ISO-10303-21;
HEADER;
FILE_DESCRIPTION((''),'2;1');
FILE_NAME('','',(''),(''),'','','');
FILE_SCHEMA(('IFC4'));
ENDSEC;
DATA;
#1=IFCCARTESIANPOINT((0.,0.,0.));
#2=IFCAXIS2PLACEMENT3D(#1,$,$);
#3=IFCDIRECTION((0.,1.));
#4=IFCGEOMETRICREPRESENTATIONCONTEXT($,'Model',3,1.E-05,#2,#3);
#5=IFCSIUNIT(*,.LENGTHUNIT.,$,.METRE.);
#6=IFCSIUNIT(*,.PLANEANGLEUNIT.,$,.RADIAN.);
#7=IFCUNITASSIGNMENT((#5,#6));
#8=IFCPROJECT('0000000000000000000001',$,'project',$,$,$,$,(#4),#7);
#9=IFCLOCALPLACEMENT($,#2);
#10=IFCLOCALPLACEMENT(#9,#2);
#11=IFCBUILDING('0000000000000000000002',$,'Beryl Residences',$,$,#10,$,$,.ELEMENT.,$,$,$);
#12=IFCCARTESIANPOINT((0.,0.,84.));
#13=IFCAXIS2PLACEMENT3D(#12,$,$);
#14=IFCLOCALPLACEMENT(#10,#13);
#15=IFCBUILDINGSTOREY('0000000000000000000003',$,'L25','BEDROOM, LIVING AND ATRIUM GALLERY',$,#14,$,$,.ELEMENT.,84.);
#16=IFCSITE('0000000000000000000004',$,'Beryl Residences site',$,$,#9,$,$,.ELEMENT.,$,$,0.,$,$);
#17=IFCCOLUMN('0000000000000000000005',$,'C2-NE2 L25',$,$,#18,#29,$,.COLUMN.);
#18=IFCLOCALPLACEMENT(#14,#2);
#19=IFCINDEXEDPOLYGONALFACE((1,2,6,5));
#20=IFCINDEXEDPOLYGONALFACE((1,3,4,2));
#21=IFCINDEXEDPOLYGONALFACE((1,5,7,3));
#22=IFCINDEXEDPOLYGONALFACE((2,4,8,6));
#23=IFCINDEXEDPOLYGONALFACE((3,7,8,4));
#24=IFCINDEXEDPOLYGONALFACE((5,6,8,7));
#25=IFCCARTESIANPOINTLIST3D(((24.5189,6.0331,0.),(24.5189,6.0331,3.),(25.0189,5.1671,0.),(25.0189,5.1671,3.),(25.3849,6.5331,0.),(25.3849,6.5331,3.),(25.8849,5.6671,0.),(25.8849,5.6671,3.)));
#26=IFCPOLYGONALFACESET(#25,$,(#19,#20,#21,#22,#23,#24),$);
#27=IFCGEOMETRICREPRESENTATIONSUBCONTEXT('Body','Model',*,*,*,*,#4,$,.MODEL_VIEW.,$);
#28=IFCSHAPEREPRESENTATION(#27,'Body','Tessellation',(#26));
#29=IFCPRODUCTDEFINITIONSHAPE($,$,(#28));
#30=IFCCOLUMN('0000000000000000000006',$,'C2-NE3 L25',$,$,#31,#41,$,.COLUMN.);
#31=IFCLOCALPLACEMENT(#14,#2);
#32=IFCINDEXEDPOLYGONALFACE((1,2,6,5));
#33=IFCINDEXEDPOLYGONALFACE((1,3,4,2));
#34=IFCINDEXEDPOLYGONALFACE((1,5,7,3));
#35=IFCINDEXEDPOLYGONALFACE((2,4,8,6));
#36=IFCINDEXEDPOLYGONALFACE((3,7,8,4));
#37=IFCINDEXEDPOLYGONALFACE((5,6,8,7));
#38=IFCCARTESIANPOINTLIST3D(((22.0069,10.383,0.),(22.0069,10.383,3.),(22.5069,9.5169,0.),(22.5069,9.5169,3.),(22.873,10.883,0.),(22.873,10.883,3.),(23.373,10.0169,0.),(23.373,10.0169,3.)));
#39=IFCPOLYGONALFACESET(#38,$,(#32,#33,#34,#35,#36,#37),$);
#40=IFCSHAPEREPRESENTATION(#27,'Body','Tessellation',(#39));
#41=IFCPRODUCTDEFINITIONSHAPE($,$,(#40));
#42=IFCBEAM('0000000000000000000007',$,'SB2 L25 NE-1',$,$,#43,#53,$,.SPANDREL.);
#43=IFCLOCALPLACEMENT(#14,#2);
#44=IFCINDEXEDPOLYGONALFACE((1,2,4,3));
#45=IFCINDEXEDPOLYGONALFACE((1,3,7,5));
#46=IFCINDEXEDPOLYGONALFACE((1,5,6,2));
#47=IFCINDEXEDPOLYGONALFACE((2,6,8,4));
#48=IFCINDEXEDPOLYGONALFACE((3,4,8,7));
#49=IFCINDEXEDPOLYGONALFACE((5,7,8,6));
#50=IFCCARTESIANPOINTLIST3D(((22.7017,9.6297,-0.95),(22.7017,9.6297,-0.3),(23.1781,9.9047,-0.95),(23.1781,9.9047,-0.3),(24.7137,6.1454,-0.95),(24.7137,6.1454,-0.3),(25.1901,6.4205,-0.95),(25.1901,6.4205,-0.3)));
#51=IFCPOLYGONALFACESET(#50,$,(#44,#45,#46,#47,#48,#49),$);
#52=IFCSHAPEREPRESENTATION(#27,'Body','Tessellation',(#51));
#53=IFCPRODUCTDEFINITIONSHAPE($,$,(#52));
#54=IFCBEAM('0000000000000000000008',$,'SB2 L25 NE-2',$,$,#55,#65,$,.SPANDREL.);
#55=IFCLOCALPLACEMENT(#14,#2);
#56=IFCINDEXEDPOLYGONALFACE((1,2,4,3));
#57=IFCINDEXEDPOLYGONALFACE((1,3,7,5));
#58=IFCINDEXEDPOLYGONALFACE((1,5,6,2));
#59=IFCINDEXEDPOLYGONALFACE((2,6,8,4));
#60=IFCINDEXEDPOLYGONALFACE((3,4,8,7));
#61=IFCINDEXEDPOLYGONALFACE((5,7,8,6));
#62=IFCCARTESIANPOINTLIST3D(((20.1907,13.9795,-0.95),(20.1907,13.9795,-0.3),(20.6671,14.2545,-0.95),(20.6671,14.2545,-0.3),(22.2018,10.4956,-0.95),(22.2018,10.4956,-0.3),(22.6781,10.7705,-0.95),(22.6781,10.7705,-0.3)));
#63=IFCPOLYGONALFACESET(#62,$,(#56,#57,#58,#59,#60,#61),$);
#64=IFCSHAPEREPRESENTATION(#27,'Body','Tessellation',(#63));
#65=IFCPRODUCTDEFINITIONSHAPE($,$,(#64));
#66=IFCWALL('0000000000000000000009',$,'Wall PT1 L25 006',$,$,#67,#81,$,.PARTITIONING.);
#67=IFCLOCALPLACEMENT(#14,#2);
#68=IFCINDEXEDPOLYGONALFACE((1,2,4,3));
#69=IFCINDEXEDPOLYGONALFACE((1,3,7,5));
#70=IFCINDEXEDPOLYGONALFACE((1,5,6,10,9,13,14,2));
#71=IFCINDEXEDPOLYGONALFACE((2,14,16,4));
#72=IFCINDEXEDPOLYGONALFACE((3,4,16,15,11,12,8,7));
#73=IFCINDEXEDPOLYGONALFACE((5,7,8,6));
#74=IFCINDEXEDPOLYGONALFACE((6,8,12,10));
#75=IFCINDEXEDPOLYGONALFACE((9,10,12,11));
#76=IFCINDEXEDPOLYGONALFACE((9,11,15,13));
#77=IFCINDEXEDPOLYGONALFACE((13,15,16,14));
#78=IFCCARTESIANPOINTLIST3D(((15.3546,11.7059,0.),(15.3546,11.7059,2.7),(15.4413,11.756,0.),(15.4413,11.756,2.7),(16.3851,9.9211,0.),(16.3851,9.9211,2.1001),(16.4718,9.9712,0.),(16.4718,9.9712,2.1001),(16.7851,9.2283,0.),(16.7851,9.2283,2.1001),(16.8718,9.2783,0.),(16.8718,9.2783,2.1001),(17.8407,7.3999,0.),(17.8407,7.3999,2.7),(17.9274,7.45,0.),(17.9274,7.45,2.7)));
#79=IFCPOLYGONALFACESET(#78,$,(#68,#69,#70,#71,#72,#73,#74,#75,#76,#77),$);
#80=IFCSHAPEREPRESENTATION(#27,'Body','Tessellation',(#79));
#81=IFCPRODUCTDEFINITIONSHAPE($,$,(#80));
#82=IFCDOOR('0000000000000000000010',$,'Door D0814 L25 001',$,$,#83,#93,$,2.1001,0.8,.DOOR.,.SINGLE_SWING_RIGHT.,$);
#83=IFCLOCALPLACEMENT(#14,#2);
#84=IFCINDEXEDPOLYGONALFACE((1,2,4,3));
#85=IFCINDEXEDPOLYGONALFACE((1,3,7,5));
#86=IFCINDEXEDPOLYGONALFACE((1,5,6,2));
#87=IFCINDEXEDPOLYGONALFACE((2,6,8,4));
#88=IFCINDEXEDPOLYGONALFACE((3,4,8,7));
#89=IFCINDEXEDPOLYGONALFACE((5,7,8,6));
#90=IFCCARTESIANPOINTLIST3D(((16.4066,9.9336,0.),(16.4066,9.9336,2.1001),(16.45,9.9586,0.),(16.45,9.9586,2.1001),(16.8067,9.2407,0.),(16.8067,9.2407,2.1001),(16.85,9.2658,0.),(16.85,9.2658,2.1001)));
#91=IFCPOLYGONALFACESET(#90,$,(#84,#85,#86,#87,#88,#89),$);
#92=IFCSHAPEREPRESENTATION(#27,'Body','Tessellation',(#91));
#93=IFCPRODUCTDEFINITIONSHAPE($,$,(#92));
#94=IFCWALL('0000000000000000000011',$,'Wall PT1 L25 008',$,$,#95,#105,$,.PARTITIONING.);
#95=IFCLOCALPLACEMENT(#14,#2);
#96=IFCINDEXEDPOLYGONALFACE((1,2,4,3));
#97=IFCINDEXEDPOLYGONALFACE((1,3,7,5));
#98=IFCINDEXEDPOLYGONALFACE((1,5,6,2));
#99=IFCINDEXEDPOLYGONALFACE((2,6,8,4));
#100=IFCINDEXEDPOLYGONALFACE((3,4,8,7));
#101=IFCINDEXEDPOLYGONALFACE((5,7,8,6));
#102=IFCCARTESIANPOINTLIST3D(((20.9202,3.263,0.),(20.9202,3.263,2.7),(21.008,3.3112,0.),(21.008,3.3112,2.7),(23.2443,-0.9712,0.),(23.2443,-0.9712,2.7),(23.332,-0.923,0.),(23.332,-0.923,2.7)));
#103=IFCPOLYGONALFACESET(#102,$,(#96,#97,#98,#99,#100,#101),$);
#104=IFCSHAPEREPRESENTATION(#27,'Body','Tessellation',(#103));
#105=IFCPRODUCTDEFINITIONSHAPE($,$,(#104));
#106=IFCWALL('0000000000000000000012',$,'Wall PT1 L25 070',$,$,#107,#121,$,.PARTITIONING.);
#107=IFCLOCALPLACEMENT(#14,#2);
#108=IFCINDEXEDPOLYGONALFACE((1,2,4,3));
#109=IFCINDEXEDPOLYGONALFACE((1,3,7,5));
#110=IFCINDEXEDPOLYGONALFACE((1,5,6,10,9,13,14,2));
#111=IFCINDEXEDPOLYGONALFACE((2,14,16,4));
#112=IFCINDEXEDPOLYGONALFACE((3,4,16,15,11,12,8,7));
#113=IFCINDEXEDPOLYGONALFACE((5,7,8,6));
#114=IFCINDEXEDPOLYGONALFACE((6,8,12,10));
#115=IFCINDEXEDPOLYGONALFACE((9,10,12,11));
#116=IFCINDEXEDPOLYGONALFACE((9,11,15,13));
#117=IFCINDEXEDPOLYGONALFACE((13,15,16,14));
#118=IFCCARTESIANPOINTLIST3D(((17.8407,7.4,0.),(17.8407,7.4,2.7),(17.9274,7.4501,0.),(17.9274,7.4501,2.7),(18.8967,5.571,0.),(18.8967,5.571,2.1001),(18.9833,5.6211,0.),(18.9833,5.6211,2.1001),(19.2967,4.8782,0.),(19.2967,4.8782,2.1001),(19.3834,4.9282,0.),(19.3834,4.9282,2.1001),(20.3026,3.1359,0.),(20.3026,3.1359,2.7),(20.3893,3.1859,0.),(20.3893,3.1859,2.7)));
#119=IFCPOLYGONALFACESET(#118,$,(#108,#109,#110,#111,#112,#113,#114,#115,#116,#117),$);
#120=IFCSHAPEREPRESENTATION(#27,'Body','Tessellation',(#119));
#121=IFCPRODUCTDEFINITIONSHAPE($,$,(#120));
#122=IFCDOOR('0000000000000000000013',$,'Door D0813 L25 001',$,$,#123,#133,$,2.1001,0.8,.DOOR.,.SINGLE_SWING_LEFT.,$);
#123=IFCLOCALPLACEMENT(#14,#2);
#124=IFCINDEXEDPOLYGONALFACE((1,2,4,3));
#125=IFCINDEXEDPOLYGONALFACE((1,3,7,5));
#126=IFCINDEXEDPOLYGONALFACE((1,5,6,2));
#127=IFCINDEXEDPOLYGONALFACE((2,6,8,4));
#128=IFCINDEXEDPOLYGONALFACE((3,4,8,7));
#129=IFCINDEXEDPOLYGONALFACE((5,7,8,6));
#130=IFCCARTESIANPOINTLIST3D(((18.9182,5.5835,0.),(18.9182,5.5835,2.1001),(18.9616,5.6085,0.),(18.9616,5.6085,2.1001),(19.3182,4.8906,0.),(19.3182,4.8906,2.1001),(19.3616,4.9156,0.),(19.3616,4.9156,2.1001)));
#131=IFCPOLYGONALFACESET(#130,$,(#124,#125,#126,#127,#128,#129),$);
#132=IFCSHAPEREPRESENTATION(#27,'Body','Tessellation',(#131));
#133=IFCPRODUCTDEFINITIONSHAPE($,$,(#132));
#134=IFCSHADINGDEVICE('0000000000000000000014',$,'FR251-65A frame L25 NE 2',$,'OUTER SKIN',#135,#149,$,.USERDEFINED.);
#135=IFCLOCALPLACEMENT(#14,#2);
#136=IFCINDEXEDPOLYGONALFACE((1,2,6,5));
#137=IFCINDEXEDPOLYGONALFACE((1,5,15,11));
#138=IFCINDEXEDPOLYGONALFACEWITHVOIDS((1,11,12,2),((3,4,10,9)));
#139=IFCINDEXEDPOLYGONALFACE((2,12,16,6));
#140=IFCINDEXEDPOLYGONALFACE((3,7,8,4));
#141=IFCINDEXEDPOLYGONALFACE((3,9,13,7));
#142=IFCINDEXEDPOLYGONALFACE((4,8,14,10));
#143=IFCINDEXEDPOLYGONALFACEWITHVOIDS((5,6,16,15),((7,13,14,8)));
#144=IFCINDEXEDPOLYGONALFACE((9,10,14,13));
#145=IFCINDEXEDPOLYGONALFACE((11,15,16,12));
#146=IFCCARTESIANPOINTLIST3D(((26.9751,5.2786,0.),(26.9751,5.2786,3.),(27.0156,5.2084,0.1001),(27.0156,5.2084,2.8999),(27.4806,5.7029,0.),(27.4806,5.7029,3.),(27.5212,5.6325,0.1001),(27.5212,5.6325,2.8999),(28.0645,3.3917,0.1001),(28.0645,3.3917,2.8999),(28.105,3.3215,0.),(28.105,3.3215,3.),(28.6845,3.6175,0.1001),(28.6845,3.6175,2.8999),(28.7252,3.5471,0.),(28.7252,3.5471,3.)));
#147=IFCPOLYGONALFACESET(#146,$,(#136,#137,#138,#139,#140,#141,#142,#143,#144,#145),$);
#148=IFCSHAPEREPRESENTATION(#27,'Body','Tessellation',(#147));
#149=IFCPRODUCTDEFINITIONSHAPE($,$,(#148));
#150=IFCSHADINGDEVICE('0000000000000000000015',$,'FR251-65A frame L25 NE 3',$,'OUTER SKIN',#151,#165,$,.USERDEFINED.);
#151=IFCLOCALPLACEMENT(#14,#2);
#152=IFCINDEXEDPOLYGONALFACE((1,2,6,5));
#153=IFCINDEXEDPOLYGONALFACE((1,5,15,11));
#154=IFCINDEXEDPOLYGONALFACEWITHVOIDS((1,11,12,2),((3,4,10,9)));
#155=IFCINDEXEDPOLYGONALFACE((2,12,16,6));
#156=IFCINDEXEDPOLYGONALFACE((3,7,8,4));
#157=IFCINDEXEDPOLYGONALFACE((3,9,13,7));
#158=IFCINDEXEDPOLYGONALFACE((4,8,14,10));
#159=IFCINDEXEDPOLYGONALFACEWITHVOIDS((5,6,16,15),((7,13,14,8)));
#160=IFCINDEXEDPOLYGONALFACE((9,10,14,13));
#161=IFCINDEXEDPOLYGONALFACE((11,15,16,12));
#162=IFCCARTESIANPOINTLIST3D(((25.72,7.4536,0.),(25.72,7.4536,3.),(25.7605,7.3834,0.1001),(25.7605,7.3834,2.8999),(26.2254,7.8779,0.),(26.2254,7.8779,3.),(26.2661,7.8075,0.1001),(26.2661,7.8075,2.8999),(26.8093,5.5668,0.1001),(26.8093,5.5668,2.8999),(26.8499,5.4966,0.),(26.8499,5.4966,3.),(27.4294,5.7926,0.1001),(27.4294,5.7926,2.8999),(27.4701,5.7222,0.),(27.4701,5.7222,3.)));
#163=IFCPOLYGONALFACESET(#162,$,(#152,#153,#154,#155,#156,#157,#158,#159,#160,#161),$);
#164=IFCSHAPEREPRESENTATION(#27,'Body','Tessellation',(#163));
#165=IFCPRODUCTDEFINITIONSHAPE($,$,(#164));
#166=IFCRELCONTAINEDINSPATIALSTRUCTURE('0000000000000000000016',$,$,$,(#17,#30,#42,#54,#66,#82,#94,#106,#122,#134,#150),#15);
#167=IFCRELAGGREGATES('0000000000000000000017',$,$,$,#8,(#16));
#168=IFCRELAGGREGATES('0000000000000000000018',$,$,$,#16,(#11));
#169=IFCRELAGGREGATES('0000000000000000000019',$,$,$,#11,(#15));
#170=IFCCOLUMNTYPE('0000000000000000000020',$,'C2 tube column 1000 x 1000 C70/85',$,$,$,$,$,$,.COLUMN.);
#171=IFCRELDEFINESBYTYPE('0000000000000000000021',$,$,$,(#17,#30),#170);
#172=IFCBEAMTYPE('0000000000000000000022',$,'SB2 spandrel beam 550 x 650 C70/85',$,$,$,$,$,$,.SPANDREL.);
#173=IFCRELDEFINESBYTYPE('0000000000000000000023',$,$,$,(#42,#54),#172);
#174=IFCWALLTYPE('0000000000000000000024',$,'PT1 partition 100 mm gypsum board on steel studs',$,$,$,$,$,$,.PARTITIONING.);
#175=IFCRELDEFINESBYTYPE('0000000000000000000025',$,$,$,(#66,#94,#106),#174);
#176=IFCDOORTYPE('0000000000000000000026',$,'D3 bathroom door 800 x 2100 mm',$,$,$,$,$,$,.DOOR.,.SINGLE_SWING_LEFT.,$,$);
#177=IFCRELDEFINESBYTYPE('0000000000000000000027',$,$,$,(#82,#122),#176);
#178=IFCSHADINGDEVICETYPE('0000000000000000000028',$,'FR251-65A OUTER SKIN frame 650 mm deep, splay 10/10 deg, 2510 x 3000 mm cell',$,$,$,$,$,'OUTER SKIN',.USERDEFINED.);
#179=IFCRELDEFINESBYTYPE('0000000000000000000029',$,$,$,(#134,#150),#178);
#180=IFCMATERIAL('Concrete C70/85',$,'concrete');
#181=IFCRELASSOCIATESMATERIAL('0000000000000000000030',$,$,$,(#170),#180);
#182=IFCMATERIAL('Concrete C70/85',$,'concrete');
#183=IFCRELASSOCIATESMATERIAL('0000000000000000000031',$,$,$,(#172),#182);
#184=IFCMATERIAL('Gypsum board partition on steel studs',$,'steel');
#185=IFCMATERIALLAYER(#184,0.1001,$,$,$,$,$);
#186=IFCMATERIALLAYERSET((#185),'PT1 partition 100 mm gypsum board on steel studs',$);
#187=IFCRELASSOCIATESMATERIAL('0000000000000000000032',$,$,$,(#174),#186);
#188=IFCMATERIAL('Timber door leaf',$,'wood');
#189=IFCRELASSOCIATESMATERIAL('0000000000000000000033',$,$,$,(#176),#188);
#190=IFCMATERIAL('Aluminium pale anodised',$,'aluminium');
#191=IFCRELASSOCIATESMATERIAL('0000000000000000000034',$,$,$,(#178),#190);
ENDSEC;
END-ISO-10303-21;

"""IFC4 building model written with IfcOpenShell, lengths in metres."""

from ifc_helpers import new_model, entity, si_unit, direction, frame, frame_2d, origin, origin_2d, place, context, subcontext, project, spatial, rectangle, extrude, source, transform, mapped, material, layer, layer_set, material_profile, profile_set, type_object, type_shapes, element, fill, save


model = new_model("IFC4")

# Units and contexts
model_context = context("Model", 3, precision=1e-05, world=origin(), true_north=direction((0.0, 1.0)))
body_context = subcontext(model_context, "Body", "Model", "MODEL_VIEW")
ifc_project = project(units=[si_unit("LENGTHUNIT", "METRE"), si_unit("PLANEANGLEUNIT", "RADIAN")], contexts=[model_context])

# Site, building, storey
site_placement = place(None, origin())
site = spatial("IfcSite", under=ifc_project, at=site_placement, Name="Beryl Residences site", CompositionType="ELEMENT", RefElevation=0.0)
building_placement = place(site_placement, origin())
building = spatial("IfcBuilding", under=site, at=building_placement, Name="Beryl Residences", CompositionType="ELEMENT")
storey_placement = place(building_placement, frame((0.0, 0.0, 84.0)))
storey = spatial("IfcBuildingStorey", under=building, at=storey_placement, Name="L25", Description="BEDROOM, LIVING AND ATRIUM GALLERY", CompositionType="ELEMENT", Elevation=84.0)

# Columns
ifc_material_1 = material(Name="Concrete C70/85", Category="concrete")
ifc_material_profile_1 = material_profile(ifc_material_1, rectangle(XDim=1.0, YDim=1.0, at=origin_2d()))
ifc_profile_set_1 = profile_set([ifc_material_profile_1], Name="Concrete C70/85")
column_type = type_object("IfcColumnType", Name="C2 tube column 1000 x 1000 C70/85", PredefinedType="COLUMN", material=ifc_profile_set_1)
for number, where, z_axis, x_axis, name in (
    (1, (25.2019, 5.8501, 0.0), (0.0, 0.0, 1.0), (-0.5, 0.866025, 0.0), "C2-NE2 L25"),
    (2, (22.6899, 10.2, 0.0), (0.0, 0.0, 1.0), (-0.5, 0.866025, 0.0), "C2-NE3 L25"),
):
    element("IfcColumn", number, at=place(storey_placement, frame(where, z_axis=z_axis, x_axis=x_axis)), inside=storey, type_object=column_type, Name=name, PredefinedType="COLUMN", context=body_context, shape_type="SweptSolid", body=[
        extrude(rectangle(XDim=1.0, YDim=1.0, at=origin_2d()), origin(), (0.0, 0.0, 1.0), 3.0),
    ])

# Beams
ifc_material_2 = material(Name="Concrete C70/85", Category="concrete")
ifc_material_profile_2 = material_profile(ifc_material_2, rectangle(XDim=0.55, YDim=0.6499, at=origin_2d()))
ifc_profile_set_2 = profile_set([ifc_material_profile_2], Name="Concrete C70/85")
beam_type = type_object("IfcBeamType", Name="SB2 spandrel beam 550 x 650 C70/85", PredefinedType="SPANDREL", material=ifc_profile_set_2)
beam_1_placement = place(storey_placement, frame((24.9519, 6.283, -0.625), z_axis=(-0.500074, 0.865982, 0.0), x_axis=(-0.865982, -0.500074, 0.0)))
element("IfcBeam", 3, at=beam_1_placement, inside=storey, type_object=beam_type, Name="SB2 L25 NE-1", PredefinedType="SPANDREL", context=body_context, shape_type="SweptSolid", body=[
    extrude(rectangle(XDim=0.55, YDim=0.6499, at=origin_2d()), origin(), (0.0, 0.0, 1.0), 4.0234),
])
beam_2_placement = place(storey_placement, frame((22.4399, 10.6331, -0.625), z_axis=(-0.499919, 0.866072, 0.0), x_axis=(-0.866072, -0.499919, 0.0)))
element("IfcBeam", 4, at=beam_2_placement, inside=storey, type_object=beam_type, Name="SB2 L25 NE-2", PredefinedType="SPANDREL", context=body_context, shape_type="SweptSolid", body=[
    extrude(rectangle(XDim=0.55, YDim=0.6499, at=origin_2d()), origin(), (0.0, 0.0, 1.0), 4.0227),
])

# Wall, opening, door
ifc_material_3 = material(Name="Gypsum board partition on steel studs", Category="steel")
ifc_layer = layer(ifc_material_3, 0.1001)
ifc_layer_set = layer_set([ifc_layer], Name="PT1 partition 100 mm gypsum board on steel studs")
wall_type = type_object("IfcWallType", Name="PT1 partition 100 mm gypsum board on steel studs", PredefinedType="PARTITIONING", material=ifc_layer_set)
wall_1_placement = place(storey_placement, frame((15.3979, 11.731, 0.0), z_axis=(0.0, 0.0, 1.0), x_axis=(0.50001, -0.86602, 0.0)))
wall_1 = element("IfcWall", 5, at=wall_1_placement, inside=storey, type_object=wall_type, Name="Wall PT1 L25 006", PredefinedType="PARTITIONING", context=body_context, shape_type="SweptSolid", body=[
    extrude(rectangle(XDim=4.9722, YDim=0.1001, at=frame_2d((2.4861, 0.0))), origin(), (0.0, 0.0, 1.0), 2.7),
])
opening_1_placement = place(wall_1_placement, frame((2.061, 0.0, 0.0)))
opening_1 = element("IfcOpeningElement", 6, at=opening_1_placement, cuts=wall_1, PredefinedType="OPENING", context=body_context, shape_type="SweptSolid", body=[
    extrude(rectangle(XDim=0.8, YDim=2.1001, at=frame_2d((0.3999, 1.05))), frame((0.0, 0.0601, 0.0), z_axis=(0.0, -1.0, 0.0), x_axis=(1.0, 0.0, 0.0)), (0.0, 0.0, 1.0), 0.1201),
])
ifc_material_4 = material(Name="Timber door leaf", Category="wood")
door_type = type_object("IfcDoorType", Name="D3 bathroom door 800 x 2100 mm", OperationType="SINGLE_SWING_LEFT", PredefinedType="DOOR", material=ifc_material_4)
door_1_placement = place(opening_1_placement, origin())
door_1 = element("IfcDoor", 7, at=door_1_placement, inside=storey, type_object=door_type, Name="Door D0814 L25 001", OperationType="SINGLE_SWING_RIGHT", OverallHeight=2.1001, OverallWidth=0.8, PredefinedType="DOOR", context=body_context, shape_type="SweptSolid", body=[
    extrude(rectangle(XDim=0.8, YDim=2.1001, at=frame_2d((0.3999, 1.05))), frame((0.0, 0.0249, 0.0), z_axis=(0.0, -1.0, 0.0), x_axis=(1.0, 0.0, 0.0)), (0.0, 0.0, 1.0), 0.05),
])
fill(opening_1, door_1)

# Wall
wall_2_placement = place(storey_placement, frame((20.9641, 3.2871, 0.0), z_axis=(0.0, 0.0, 1.0), x_axis=(0.481156, -0.876635, 0.0)))
element("IfcWall", 8, at=wall_2_placement, inside=storey, type_object=wall_type, Name="Wall PT1 L25 008", PredefinedType="PARTITIONING", context=body_context, shape_type="SweptSolid", body=[
    extrude(rectangle(XDim=4.8301, YDim=0.1001, at=frame_2d((2.415, 0.0))), origin(), (0.0, 0.0, 1.0), 2.7),
])

# Wall, opening, door
wall_3_placement = place(storey_placement, frame((17.884, 7.425, 0.0), z_axis=(0.0, 0.0, 1.0), x_axis=(0.5, -0.866025, 0.0)))
wall_3 = element("IfcWall", 9, at=wall_3_placement, inside=storey, type_object=wall_type, Name="Wall PT1 L25 070", PredefinedType="PARTITIONING", context=body_context, shape_type="SweptSolid", body=[
    extrude(rectangle(XDim=4.9238, YDim=0.1001, at=frame_2d((2.4619, 0.0))), origin(), (0.0, 0.0, 1.0), 2.7),
])
opening_2_placement = place(wall_3_placement, frame((2.1121, 0.0, 0.0)))
opening_2 = element("IfcOpeningElement", 10, at=opening_2_placement, cuts=wall_3, PredefinedType="OPENING", context=body_context, shape_type="SweptSolid", body=[
    extrude(rectangle(XDim=0.8, YDim=2.1001, at=frame_2d((0.3999, 1.05))), frame((0.0, 0.0601, 0.0), z_axis=(0.0, -1.0, 0.0), x_axis=(1.0, 0.0, 0.0)), (0.0, 0.0, 1.0), 0.1201),
])
door_2_placement = place(opening_2_placement, origin())
door_2 = element("IfcDoor", 11, at=door_2_placement, inside=storey, type_object=door_type, Name="Door D0813 L25 001", OperationType="SINGLE_SWING_LEFT", OverallHeight=2.1001, OverallWidth=0.8, PredefinedType="DOOR", context=body_context, shape_type="SweptSolid", body=[
    extrude(rectangle(XDim=0.8, YDim=2.1001, at=frame_2d((0.3999, 1.05))), frame((0.0, 0.0249, 0.0), z_axis=(0.0, -1.0, 0.0), x_axis=(1.0, 0.0, 0.0)), (0.0, 0.0, 1.0), 0.05),
])
fill(opening_2, door_2)

# Shading devices
ifc_material_5 = material(Name="Aluminium pale anodised", Category="aluminium")
shading_device_type = type_object("IfcShadingDeviceType", Name="FR251-65A OUTER SKIN frame 650 mm deep, splay 10/10 deg, 2510 x 3000 mm cell", ElementType="OUTER SKIN", PredefinedType="USERDEFINED", material=ifc_material_5)
cartesian_point_1 = entity("IfcCartesianPoint", [-1.1299, 0.0])
cartesian_point_2 = entity("IfcCartesianPoint", [-1.0488, 0.1001])
cartesian_point_3 = entity("IfcCartesianPoint", [-1.2446, 0.0])
cartesian_point_4 = entity("IfcCartesianPoint", [-1.1633, 0.1001])
shared_shape = source(origin(), body_context, "Body", "SweptSolid", [
    entity("IfcExtrudedAreaSolidTapered", entity("IfcArbitraryProfileDefWithVoids", "AREA", None, entity("IfcPolyline", [cartesian_point_1, entity("IfcCartesianPoint", [1.1299, 0.0]), entity("IfcCartesianPoint", [1.1299, 3.0]), entity("IfcCartesianPoint", [-1.1299, 3.0]), cartesian_point_1]), [entity("IfcPolyline", [cartesian_point_2, entity("IfcCartesianPoint", [1.0488, 0.1001]), entity("IfcCartesianPoint", [1.0488, 2.8999]), entity("IfcCartesianPoint", [-1.0488, 2.8999]), cartesian_point_2])]), entity("IfcAxis2Placement3D", entity("IfcCartesianPoint", [0.0, 0.0, 0.0]), entity("IfcDirection", [0.0, 1.0, 0.0]), entity("IfcDirection", [-1.0, 0.0, 0.0])), entity("IfcDirection", [0.0, 0.0, 1.0]), 0.6499, entity("IfcArbitraryProfileDefWithVoids", "AREA", None, entity("IfcPolyline", [cartesian_point_3, entity("IfcCartesianPoint", [1.2446, 0.0]), entity("IfcCartesianPoint", [1.2446, 3.0]), entity("IfcCartesianPoint", [-1.2446, 3.0]), cartesian_point_3]), [entity("IfcPolyline", [cartesian_point_4, entity("IfcCartesianPoint", [1.1633, 0.1001]), entity("IfcCartesianPoint", [1.1633, 2.8999]), entity("IfcCartesianPoint", [-1.1633, 2.8999]), cartesian_point_4])])),
])
type_shapes(shading_device_type, [shared_shape])
for number, where, z_axis, x_axis, name in (
    (12, (27.54, 4.3, 0.0), (0.0, 0.0, 1.0), (0.5, -0.866025, 0.0), "FR251-65A frame L25 NE 2"),
    (13, (26.2849, 6.4751, 0.0), (0.0, 0.0, 1.0), (0.5, -0.866025, 0.0), "FR251-65A frame L25 NE 3"),
):
    element("IfcShadingDevice", number, at=place(storey_placement, frame(where, z_axis=z_axis, x_axis=x_axis)), inside=storey, type_object=shading_device_type, Name=name, ObjectType="OUTER SKIN", PredefinedType="USERDEFINED", context=body_context, shape_type="MappedRepresentation", body=[
        mapped(shared_shape, transform((0.0, 0.0, 0.0))),
    ])

save(model, "model.ifc")
